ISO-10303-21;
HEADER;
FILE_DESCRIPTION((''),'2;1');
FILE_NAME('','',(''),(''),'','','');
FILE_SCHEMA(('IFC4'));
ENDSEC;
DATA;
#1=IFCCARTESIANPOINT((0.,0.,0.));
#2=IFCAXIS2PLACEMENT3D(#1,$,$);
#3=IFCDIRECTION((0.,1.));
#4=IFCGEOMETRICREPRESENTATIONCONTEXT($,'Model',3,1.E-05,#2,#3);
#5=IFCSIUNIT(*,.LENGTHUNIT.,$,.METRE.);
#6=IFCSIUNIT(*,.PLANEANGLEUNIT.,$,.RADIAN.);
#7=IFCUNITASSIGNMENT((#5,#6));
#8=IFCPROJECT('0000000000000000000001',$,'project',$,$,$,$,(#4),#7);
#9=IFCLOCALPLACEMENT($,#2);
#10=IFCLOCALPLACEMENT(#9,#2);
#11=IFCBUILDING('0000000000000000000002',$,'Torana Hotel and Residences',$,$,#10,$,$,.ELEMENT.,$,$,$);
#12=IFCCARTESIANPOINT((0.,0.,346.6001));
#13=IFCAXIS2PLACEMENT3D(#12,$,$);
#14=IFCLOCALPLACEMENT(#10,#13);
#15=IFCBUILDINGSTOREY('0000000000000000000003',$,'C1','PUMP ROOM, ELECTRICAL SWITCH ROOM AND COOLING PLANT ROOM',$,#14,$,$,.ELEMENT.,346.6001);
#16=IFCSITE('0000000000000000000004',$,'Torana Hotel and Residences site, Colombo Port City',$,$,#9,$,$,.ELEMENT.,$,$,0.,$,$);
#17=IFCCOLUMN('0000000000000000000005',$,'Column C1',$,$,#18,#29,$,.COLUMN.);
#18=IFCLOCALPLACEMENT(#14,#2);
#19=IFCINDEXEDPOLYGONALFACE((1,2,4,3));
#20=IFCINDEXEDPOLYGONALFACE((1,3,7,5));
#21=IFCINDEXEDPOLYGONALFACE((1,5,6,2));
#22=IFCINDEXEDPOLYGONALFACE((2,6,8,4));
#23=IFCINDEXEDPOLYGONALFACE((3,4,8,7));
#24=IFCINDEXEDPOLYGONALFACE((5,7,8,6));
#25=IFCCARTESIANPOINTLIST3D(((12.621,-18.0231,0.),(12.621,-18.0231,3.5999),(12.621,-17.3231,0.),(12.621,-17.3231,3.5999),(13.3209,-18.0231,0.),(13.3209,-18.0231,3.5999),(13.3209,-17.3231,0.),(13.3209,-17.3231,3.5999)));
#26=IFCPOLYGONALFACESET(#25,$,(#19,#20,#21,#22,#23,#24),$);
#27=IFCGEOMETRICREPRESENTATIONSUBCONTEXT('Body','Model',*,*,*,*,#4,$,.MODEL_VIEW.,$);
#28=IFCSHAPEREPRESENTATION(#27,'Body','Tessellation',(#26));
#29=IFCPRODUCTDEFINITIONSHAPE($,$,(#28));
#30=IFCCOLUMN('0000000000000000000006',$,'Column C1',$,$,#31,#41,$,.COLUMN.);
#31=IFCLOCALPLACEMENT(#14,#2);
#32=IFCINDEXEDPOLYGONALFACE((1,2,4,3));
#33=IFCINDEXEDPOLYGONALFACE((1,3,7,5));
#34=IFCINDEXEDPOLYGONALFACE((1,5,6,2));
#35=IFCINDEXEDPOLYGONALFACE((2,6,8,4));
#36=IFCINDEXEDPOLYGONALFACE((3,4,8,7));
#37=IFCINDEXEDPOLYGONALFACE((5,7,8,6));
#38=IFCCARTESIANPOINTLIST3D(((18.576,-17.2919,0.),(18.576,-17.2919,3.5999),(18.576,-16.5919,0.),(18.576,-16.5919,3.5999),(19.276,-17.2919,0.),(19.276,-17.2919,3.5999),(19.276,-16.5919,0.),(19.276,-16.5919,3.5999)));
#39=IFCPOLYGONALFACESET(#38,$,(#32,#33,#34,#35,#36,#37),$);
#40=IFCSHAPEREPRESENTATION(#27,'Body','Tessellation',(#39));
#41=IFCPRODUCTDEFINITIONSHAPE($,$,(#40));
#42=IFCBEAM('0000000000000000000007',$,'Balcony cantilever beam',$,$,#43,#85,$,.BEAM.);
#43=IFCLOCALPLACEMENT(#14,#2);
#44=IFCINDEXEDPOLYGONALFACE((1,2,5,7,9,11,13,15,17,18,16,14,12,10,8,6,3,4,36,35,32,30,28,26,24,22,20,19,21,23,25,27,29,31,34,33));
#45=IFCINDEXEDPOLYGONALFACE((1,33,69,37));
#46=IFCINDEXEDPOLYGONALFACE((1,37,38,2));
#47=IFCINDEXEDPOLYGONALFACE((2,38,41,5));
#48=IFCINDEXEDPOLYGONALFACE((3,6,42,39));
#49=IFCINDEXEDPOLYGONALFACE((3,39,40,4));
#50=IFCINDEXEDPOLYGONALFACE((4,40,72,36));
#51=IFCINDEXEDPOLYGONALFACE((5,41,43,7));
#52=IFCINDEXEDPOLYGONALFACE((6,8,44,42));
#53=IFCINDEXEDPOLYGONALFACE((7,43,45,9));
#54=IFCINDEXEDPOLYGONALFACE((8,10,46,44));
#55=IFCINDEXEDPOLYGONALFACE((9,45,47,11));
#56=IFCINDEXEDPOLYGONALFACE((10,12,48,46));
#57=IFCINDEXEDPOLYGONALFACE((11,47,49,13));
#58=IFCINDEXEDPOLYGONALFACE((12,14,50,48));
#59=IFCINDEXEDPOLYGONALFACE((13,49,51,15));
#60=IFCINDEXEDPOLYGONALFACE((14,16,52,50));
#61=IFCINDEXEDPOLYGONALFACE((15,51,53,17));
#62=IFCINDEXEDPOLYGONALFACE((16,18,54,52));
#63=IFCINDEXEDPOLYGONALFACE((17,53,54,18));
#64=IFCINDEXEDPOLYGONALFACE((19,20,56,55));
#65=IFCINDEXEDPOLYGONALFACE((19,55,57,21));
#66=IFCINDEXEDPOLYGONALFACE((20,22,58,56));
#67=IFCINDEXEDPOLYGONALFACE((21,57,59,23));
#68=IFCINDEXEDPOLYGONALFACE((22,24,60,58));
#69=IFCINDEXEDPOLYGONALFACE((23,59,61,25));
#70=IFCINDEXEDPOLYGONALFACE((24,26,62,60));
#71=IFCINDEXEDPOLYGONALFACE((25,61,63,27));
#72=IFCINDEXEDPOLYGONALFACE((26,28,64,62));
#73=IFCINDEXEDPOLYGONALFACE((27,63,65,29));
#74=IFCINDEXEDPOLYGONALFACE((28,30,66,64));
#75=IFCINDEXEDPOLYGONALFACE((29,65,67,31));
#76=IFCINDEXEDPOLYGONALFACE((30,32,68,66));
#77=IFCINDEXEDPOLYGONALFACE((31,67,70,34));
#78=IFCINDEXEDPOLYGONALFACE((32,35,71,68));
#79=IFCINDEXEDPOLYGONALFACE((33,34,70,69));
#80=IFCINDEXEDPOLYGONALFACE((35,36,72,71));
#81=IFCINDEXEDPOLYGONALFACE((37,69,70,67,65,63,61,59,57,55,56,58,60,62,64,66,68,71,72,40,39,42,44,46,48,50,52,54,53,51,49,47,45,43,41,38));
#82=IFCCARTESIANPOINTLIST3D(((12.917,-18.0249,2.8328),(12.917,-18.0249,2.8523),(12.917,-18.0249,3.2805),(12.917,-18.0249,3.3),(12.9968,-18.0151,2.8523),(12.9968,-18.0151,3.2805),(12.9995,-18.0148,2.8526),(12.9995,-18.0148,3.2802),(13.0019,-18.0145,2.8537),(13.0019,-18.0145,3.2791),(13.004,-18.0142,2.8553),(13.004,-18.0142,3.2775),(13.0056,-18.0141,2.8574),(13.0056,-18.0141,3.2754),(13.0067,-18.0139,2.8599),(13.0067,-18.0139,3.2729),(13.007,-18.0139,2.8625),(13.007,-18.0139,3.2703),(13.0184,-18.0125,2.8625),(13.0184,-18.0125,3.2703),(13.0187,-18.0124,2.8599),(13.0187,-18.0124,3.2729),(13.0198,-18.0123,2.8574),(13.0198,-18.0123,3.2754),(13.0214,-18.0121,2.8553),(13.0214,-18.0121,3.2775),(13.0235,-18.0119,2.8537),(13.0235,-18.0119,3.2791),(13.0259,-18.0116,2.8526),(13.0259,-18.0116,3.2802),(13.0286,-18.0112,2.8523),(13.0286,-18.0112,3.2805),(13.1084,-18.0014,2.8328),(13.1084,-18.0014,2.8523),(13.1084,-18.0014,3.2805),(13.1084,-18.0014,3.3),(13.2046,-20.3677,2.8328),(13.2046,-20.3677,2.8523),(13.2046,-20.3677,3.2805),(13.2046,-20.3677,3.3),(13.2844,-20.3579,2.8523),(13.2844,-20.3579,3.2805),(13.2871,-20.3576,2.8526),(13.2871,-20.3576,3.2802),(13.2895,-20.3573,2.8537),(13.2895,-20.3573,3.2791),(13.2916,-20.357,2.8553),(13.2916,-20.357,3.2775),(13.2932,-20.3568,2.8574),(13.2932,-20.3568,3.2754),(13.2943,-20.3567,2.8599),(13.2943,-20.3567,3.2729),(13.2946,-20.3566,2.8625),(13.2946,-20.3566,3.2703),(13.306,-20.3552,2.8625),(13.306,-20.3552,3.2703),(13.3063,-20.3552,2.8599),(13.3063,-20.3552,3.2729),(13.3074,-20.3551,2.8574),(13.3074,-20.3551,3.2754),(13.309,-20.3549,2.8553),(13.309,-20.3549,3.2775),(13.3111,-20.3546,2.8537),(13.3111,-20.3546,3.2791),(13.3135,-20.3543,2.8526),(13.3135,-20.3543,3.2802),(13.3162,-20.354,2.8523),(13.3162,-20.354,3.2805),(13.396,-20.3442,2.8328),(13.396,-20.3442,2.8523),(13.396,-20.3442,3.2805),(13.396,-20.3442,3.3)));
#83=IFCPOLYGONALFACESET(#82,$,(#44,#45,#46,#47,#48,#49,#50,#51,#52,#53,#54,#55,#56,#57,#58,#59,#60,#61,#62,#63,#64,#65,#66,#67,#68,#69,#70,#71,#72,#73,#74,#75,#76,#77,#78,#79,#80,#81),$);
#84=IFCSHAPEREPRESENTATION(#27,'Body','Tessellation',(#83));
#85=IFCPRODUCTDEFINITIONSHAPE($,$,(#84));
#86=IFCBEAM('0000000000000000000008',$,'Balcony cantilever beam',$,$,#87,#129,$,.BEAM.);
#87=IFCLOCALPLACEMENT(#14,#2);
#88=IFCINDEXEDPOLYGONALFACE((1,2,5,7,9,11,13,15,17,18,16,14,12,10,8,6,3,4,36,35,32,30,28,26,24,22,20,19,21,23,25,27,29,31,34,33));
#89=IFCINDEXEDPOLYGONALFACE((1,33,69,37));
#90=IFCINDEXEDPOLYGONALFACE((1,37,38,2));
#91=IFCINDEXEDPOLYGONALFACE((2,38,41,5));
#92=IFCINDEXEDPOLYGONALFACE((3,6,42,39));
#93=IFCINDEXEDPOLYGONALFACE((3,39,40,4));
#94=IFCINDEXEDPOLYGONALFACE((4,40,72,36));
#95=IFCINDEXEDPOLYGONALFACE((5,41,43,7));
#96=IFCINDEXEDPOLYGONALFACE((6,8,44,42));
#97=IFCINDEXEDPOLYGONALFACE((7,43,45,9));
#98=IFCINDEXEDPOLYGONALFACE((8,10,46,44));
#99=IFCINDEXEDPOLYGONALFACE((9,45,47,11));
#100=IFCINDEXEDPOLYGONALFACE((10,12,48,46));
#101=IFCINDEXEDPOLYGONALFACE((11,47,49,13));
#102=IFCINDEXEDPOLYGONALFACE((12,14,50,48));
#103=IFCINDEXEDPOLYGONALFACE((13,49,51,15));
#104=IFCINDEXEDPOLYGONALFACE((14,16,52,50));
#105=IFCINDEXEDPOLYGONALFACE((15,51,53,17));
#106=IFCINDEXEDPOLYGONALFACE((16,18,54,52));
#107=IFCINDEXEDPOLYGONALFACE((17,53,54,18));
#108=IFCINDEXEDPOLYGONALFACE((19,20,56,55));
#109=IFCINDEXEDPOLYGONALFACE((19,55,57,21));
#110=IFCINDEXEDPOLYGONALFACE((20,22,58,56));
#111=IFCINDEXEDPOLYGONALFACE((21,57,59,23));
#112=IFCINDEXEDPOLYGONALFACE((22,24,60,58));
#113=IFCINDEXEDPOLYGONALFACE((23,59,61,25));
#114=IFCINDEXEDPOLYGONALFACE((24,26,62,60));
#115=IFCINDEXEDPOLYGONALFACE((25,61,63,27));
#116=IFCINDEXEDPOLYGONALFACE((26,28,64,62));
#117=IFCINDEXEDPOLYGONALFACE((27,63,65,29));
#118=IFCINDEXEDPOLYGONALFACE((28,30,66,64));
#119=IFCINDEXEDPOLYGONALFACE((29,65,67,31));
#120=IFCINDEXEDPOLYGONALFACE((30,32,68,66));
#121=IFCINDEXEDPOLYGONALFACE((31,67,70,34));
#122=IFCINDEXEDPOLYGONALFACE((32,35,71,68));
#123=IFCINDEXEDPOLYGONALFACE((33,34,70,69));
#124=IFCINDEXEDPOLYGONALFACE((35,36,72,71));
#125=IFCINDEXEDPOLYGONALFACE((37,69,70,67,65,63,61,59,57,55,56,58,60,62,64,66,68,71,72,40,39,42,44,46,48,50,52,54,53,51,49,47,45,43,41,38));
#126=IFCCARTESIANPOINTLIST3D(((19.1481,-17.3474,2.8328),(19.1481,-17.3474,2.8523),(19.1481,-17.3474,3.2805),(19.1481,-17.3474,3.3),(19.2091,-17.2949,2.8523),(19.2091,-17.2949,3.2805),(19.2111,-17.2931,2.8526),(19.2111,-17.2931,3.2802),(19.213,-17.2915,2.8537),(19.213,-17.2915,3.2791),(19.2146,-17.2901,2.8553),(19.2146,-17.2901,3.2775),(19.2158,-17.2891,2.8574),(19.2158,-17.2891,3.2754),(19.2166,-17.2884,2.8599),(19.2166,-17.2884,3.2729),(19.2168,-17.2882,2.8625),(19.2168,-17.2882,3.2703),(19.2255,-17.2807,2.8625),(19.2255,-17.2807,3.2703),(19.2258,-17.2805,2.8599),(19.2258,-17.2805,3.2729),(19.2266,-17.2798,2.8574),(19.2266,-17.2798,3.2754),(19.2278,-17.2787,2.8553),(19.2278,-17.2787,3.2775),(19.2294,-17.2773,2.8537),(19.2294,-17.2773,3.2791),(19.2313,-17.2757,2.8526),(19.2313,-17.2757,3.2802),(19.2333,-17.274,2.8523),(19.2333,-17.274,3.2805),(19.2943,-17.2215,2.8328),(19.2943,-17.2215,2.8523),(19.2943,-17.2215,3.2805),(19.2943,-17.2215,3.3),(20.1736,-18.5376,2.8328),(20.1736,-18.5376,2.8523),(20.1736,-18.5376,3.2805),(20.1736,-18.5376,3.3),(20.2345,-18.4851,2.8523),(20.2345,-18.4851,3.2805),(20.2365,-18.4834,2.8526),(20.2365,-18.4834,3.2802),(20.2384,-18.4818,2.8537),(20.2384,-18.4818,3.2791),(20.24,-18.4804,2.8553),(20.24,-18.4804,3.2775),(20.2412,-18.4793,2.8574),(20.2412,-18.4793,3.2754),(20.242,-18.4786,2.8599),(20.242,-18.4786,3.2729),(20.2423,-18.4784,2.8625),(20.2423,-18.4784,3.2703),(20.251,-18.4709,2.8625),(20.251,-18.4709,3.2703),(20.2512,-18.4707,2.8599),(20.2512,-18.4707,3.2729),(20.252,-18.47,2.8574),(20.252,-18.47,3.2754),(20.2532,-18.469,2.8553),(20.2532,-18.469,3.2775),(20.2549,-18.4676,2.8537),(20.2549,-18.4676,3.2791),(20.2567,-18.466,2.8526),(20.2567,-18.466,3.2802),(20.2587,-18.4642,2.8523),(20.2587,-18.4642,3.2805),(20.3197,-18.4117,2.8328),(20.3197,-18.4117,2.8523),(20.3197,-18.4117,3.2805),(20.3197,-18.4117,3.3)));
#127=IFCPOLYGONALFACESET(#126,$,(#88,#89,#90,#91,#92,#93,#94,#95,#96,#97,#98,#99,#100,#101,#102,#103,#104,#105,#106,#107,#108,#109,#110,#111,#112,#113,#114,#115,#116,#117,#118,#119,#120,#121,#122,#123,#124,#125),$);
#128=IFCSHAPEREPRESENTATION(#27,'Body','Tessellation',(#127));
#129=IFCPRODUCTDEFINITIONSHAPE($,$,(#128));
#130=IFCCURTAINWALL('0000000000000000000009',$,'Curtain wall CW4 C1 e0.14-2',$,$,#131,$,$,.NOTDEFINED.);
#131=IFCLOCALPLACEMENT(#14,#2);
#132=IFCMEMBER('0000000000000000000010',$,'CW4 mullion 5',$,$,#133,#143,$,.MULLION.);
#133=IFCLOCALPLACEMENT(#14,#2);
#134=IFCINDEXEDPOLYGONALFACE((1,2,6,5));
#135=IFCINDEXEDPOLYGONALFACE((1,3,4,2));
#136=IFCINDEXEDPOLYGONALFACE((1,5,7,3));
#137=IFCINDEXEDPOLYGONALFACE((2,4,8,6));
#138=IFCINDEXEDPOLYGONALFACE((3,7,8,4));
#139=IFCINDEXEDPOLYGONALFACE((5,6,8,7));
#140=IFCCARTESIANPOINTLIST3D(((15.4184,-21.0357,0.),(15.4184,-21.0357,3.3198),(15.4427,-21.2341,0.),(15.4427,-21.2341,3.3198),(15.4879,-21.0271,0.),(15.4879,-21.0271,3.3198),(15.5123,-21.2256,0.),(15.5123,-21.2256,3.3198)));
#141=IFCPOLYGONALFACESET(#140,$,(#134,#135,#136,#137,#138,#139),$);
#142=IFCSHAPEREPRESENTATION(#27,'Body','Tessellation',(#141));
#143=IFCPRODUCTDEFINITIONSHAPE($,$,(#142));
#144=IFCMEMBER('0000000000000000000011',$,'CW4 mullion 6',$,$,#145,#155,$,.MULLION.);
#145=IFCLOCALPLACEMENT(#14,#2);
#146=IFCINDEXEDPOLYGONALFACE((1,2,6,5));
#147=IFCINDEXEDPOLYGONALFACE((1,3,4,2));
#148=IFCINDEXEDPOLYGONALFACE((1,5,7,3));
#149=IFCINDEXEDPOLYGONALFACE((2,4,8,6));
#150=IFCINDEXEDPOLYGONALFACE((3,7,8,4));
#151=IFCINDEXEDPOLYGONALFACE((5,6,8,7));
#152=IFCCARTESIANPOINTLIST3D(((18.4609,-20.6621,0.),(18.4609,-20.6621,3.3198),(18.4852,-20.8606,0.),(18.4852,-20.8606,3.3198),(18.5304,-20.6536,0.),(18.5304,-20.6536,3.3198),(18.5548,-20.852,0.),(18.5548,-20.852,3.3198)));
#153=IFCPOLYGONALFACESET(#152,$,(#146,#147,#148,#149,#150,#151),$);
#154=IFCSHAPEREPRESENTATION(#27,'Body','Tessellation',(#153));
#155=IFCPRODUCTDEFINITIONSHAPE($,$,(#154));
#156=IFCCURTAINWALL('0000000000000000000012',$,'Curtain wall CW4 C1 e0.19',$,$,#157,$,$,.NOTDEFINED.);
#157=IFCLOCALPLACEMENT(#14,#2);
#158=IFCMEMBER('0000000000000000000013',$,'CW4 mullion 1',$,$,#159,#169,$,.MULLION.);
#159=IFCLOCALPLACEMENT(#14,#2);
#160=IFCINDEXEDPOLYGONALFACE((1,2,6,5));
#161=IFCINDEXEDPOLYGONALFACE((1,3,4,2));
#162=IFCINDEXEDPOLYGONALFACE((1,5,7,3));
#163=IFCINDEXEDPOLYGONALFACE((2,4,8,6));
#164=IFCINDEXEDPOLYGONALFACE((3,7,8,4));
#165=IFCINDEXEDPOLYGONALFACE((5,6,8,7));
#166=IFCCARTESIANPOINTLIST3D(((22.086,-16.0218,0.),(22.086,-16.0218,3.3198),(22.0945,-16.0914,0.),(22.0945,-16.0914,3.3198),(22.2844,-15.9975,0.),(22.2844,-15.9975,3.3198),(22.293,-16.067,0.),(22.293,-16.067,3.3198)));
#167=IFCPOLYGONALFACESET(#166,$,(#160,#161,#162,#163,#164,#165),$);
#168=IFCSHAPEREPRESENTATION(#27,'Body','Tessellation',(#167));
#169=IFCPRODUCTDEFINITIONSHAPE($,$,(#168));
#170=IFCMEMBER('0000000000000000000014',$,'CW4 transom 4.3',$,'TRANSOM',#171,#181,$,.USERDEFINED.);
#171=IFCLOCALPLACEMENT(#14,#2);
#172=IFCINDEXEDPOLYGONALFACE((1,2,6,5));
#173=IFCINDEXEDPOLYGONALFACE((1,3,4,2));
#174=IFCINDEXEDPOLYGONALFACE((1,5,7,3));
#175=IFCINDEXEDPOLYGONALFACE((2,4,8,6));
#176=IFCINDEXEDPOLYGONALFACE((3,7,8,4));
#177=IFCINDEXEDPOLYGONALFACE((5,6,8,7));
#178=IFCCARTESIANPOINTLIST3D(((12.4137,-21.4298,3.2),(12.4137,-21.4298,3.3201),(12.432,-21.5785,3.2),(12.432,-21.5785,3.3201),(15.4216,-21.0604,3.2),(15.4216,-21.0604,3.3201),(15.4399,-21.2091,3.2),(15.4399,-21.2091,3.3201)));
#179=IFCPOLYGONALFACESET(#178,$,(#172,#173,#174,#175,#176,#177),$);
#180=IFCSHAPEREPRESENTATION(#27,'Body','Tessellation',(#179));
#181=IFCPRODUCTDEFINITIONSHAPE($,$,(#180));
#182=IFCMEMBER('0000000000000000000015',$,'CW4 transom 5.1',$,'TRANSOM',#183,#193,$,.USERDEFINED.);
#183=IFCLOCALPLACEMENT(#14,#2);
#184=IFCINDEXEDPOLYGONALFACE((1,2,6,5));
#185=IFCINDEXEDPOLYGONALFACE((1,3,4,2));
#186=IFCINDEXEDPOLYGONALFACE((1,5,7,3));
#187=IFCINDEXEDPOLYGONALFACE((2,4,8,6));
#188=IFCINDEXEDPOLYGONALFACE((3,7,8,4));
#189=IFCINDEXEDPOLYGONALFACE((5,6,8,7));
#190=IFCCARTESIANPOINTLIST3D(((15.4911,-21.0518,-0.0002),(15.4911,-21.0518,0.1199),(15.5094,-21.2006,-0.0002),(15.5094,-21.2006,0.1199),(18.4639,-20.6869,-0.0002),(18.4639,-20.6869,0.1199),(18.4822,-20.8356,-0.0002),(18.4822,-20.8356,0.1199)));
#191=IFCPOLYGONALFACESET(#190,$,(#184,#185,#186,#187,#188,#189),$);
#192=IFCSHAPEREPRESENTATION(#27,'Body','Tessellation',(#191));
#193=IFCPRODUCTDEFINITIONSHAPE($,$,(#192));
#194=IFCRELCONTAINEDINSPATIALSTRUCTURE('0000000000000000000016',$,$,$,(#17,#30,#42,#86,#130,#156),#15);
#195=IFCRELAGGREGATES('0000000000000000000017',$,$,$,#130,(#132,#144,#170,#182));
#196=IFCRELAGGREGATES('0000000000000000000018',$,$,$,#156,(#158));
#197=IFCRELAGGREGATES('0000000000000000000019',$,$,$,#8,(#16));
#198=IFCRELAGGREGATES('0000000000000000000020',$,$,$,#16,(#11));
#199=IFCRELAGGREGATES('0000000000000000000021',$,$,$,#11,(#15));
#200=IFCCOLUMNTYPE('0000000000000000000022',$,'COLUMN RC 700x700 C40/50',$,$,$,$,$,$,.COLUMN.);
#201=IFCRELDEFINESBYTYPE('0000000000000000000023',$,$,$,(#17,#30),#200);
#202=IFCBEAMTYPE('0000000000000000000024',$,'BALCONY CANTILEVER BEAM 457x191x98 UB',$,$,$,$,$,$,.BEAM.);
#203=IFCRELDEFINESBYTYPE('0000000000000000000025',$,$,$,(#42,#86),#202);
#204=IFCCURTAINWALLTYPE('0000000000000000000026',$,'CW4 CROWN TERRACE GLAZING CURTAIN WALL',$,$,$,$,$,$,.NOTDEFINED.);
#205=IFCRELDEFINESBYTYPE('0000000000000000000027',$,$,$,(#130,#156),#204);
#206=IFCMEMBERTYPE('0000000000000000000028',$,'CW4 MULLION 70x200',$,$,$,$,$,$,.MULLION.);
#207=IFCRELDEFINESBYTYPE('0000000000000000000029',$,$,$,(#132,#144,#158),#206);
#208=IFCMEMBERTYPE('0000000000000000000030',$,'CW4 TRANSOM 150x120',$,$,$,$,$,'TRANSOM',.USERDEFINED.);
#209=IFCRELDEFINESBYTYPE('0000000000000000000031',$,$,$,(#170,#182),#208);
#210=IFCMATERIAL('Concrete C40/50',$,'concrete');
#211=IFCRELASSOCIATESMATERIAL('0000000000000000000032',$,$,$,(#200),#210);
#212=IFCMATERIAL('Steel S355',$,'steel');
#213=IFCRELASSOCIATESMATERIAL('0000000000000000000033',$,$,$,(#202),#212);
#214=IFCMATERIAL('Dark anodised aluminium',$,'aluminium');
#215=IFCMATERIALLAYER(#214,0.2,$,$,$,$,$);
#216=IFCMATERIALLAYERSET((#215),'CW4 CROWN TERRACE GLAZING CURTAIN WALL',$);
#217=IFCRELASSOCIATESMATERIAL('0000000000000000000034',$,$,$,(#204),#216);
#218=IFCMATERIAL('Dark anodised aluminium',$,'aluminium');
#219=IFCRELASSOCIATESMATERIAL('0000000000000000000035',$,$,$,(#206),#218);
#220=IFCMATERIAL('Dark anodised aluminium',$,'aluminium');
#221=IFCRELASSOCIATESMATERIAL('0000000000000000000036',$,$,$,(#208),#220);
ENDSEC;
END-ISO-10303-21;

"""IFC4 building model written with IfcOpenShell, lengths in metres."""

from ifc_helpers import new_model, si_unit, direction, frame, origin, origin_2d, place, context, subcontext, project, spatial, rectangle, i_section, extrude, material, layer, layer_set, material_profile, profile_set, type_object, element, aggregate, save


model = new_model("IFC4")

# Units and contexts
model_context = context("Model", 3, precision=1e-05, world=origin(), true_north=direction((0.0, 1.0)))
body_context = subcontext(model_context, "Body", "Model", "MODEL_VIEW")
ifc_project = project(units=[si_unit("LENGTHUNIT", "METRE"), si_unit("PLANEANGLEUNIT", "RADIAN")], contexts=[model_context])

# Site, building, storey
site_placement = place(None, origin())
site = spatial("IfcSite", under=ifc_project, at=site_placement, Name="Torana Hotel and Residences site, Colombo Port City", CompositionType="ELEMENT", RefElevation=0.0)
building_placement = place(site_placement, origin())
building = spatial("IfcBuilding", under=site, at=building_placement, Name="Torana Hotel and Residences", CompositionType="ELEMENT")
storey_placement = place(building_placement, frame((0.0, 0.0, 346.6001)))
storey = spatial("IfcBuildingStorey", under=building, at=storey_placement, Name="C1", Description="PUMP ROOM, ELECTRICAL SWITCH ROOM AND COOLING PLANT ROOM", CompositionType="ELEMENT", Elevation=346.6001)

# Columns
ifc_material_1 = material(Name="Concrete C40/50", Category="concrete")
ifc_material_profile_1 = material_profile(ifc_material_1, rectangle(XDim=0.7, YDim=0.7, at=origin_2d()), Name="RC 700x700")
ifc_profile_set_1 = profile_set([ifc_material_profile_1], Name="Concrete C40/50")
column_type = type_object("IfcColumnType", Name="COLUMN RC 700x700 C40/50", PredefinedType="COLUMN", material=ifc_profile_set_1)
for number, where, z_axis, x_axis, name in (
    (1, (12.9709, -17.6731, 0.0), (0.0, 0.0, 1.0), (1.0, 0.0, 0.0), "Column C1"),
    (2, (18.926, -16.9419, 0.0), (0.0, 0.0, 1.0), (1.0, 0.0, 0.0), "Column C1"),
):
    element("IfcColumn", number, at=place(storey_placement, frame(where, z_axis=z_axis, x_axis=x_axis)), inside=storey, type_object=column_type, Name=name, PredefinedType="COLUMN", context=body_context, shape_type="SweptSolid", body=[
        extrude(rectangle(XDim=0.7, YDim=0.7, at=origin_2d()), origin(), (0.0, 0.0, 1.0), 3.5999),
    ])

# Beams
ifc_material_2 = material(Name="Steel S355", Category="steel")
ifc_material_profile_2 = material_profile(ifc_material_2, i_section(OverallWidth=0.1929, OverallDepth=0.4673, WebThickness=0.0115, FlangeThickness=0.0195, FilletRadius=0.0103, at=origin_2d()), Name="457x191x98 UB")
ifc_profile_set_2 = profile_set([ifc_material_profile_2], Name="Steel S355")
beam_type = type_object("IfcBeamType", Name="BALCONY CANTILEVER BEAM 457x191x98 UB", PredefinedType="BEAM", material=ifc_profile_set_2)
beam_1_placement = place(storey_placement, frame((13.0127, -18.0132, 3.0664), z_axis=(0.121845, -0.992549, 0.0), x_axis=(0.992549, 0.121845, 0.0)))
element("IfcBeam", 3, at=beam_1_placement, inside=storey, type_object=beam_type, Name="Balcony cantilever beam", PredefinedType="BEAM", context=body_context, shape_type="SweptSolid", body=[
    extrude(i_section(OverallWidth=0.1929, OverallDepth=0.4673, WebThickness=0.0115, FlangeThickness=0.0195, FilletRadius=0.0103, at=origin_2d()), origin(), (0.0, 0.0, 1.0), 2.3604),
])
beam_2_placement = place(storey_placement, frame((19.2212, -17.2844, 3.0664), z_axis=(0.652709, -0.757609, 0.0), x_axis=(0.757609, 0.652709, 0.0)))
element("IfcBeam", 4, at=beam_2_placement, inside=storey, type_object=beam_type, Name="Balcony cantilever beam", PredefinedType="BEAM", context=body_context, shape_type="SweptSolid", body=[
    extrude(i_section(OverallWidth=0.1929, OverallDepth=0.4673, WebThickness=0.0115, FlangeThickness=0.0195, FilletRadius=0.0103, at=origin_2d()), origin(), (0.0, 0.0, 1.0), 1.571),
])

# Curtain wall, members
ifc_material_3 = material(Name="Dark anodised aluminium", Category="aluminium")
ifc_layer_1 = layer(ifc_material_3, 0.2)
ifc_layer_set_1 = layer_set([ifc_layer_1], Name="CW4 CROWN TERRACE GLAZING CURTAIN WALL")
curtain_wall_type = type_object("IfcCurtainWallType", Name="CW4 CROWN TERRACE GLAZING CURTAIN WALL", PredefinedType="NOTDEFINED", material=ifc_layer_set_1)
curtain_wall_1_placement = place(storey_placement, origin())
curtain_wall_1 = element("IfcCurtainWall", 5, at=curtain_wall_1_placement, inside=storey, type_object=curtain_wall_type, Name="Curtain wall CW4 C1 e0.14-2", PredefinedType="NOTDEFINED")
ifc_material_4 = material(Name="Dark anodised aluminium", Category="aluminium")
ifc_material_profile_3 = material_profile(ifc_material_4, rectangle(XDim=0.2, YDim=0.0701, at=origin_2d()), Name="CW4 MULLION 70x200")
ifc_profile_set_3 = profile_set([ifc_material_profile_3], Name="Dark anodised aluminium")
member_type_1 = type_object("IfcMemberType", Name="CW4 MULLION 70x200", PredefinedType="MULLION", material=ifc_profile_set_3)
member_1_placement = place(storey_placement, frame((15.4653, -21.1306, 0.0), z_axis=(0.0, 0.0, 1.0), x_axis=(-0.121865, 0.992547, 0.0)))
member_1 = element("IfcMember", 6, at=member_1_placement, type_object=member_type_1, Name="CW4 mullion 5", PredefinedType="MULLION", context=body_context, shape_type="SweptSolid", body=[
    extrude(rectangle(XDim=0.2, YDim=0.0701, at=origin_2d()), origin(), (0.0, 0.0, 1.0), 3.3198),
])
member_2_placement = place(storey_placement, frame((18.5078, -20.7571, 0.0), z_axis=(0.0, 0.0, 1.0), x_axis=(-0.121865, 0.992547, 0.0)))
member_2 = element("IfcMember", 7, at=member_2_placement, type_object=member_type_1, Name="CW4 mullion 6", PredefinedType="MULLION", context=body_context, shape_type="SweptSolid", body=[
    extrude(rectangle(XDim=0.2, YDim=0.0701, at=origin_2d()), origin(), (0.0, 0.0, 1.0), 3.3198),
])

# Curtain wall, member
curtain_wall_2_placement = place(storey_placement, origin())
curtain_wall_2 = element("IfcCurtainWall", 8, at=curtain_wall_2_placement, inside=storey, type_object=curtain_wall_type, Name="Curtain wall CW4 C1 e0.19", PredefinedType="NOTDEFINED")
member_3_placement = place(storey_placement, frame((22.1895, -16.0444, 0.0), z_axis=(0.0, 0.0, 1.0), x_axis=(-0.992546, -0.121868, 0.0)))
member_3 = element("IfcMember", 9, at=member_3_placement, type_object=member_type_1, Name="CW4 mullion 1", PredefinedType="MULLION", context=body_context, shape_type="SweptSolid", body=[
    extrude(rectangle(XDim=0.2, YDim=0.0701, at=origin_2d()), origin(), (0.0, 0.0, 1.0), 3.3198),
])

# Members
ifc_material_5 = material(Name="Dark anodised aluminium", Category="aluminium")
ifc_material_profile_4 = material_profile(ifc_material_5, rectangle(XDim=0.1499, YDim=0.1201, at=origin_2d()), Name="CW4 TRANSOM 150x120")
ifc_profile_set_4 = profile_set([ifc_material_profile_4], Name="Dark anodised aluminium")
member_type_2 = type_object("IfcMemberType", Name="CW4 TRANSOM 150x120", ElementType="TRANSOM", PredefinedType="USERDEFINED", material=ifc_profile_set_4)
member_4_placement = place(storey_placement, frame((12.4229, -21.5042, 3.26), z_axis=(0.992543, 0.121893, 0.0), x_axis=(-0.121893, 0.992543, 0.0)))
member_4 = element("IfcMember", 10, at=member_4_placement, type_object=member_type_2, Name="CW4 transom 4.3", ObjectType="TRANSOM", PredefinedType="USERDEFINED", context=body_context, shape_type="SweptSolid", body=[
    extrude(rectangle(XDim=0.1499, YDim=0.1201, at=origin_2d()), origin(), (0.0, 0.0, 1.0), 3.0305),
])
member_5_placement = place(storey_placement, frame((15.5002, -21.1262, 0.0598), z_axis=(0.992548, 0.121857, 0.0), x_axis=(-0.121857, 0.992548, 0.0)))
member_5 = element("IfcMember", 11, at=member_5_placement, type_object=member_type_2, Name="CW4 transom 5.1", ObjectType="TRANSOM", PredefinedType="USERDEFINED", context=body_context, shape_type="SweptSolid", body=[
    extrude(rectangle(XDim=0.1499, YDim=0.1201, at=origin_2d()), origin(), (0.0, 0.0, 1.0), 2.9951),
])

aggregate(curtain_wall_1, [member_1, member_2, member_4, member_5])
aggregate(curtain_wall_2, [member_3])

save(model, "model.ifc")
